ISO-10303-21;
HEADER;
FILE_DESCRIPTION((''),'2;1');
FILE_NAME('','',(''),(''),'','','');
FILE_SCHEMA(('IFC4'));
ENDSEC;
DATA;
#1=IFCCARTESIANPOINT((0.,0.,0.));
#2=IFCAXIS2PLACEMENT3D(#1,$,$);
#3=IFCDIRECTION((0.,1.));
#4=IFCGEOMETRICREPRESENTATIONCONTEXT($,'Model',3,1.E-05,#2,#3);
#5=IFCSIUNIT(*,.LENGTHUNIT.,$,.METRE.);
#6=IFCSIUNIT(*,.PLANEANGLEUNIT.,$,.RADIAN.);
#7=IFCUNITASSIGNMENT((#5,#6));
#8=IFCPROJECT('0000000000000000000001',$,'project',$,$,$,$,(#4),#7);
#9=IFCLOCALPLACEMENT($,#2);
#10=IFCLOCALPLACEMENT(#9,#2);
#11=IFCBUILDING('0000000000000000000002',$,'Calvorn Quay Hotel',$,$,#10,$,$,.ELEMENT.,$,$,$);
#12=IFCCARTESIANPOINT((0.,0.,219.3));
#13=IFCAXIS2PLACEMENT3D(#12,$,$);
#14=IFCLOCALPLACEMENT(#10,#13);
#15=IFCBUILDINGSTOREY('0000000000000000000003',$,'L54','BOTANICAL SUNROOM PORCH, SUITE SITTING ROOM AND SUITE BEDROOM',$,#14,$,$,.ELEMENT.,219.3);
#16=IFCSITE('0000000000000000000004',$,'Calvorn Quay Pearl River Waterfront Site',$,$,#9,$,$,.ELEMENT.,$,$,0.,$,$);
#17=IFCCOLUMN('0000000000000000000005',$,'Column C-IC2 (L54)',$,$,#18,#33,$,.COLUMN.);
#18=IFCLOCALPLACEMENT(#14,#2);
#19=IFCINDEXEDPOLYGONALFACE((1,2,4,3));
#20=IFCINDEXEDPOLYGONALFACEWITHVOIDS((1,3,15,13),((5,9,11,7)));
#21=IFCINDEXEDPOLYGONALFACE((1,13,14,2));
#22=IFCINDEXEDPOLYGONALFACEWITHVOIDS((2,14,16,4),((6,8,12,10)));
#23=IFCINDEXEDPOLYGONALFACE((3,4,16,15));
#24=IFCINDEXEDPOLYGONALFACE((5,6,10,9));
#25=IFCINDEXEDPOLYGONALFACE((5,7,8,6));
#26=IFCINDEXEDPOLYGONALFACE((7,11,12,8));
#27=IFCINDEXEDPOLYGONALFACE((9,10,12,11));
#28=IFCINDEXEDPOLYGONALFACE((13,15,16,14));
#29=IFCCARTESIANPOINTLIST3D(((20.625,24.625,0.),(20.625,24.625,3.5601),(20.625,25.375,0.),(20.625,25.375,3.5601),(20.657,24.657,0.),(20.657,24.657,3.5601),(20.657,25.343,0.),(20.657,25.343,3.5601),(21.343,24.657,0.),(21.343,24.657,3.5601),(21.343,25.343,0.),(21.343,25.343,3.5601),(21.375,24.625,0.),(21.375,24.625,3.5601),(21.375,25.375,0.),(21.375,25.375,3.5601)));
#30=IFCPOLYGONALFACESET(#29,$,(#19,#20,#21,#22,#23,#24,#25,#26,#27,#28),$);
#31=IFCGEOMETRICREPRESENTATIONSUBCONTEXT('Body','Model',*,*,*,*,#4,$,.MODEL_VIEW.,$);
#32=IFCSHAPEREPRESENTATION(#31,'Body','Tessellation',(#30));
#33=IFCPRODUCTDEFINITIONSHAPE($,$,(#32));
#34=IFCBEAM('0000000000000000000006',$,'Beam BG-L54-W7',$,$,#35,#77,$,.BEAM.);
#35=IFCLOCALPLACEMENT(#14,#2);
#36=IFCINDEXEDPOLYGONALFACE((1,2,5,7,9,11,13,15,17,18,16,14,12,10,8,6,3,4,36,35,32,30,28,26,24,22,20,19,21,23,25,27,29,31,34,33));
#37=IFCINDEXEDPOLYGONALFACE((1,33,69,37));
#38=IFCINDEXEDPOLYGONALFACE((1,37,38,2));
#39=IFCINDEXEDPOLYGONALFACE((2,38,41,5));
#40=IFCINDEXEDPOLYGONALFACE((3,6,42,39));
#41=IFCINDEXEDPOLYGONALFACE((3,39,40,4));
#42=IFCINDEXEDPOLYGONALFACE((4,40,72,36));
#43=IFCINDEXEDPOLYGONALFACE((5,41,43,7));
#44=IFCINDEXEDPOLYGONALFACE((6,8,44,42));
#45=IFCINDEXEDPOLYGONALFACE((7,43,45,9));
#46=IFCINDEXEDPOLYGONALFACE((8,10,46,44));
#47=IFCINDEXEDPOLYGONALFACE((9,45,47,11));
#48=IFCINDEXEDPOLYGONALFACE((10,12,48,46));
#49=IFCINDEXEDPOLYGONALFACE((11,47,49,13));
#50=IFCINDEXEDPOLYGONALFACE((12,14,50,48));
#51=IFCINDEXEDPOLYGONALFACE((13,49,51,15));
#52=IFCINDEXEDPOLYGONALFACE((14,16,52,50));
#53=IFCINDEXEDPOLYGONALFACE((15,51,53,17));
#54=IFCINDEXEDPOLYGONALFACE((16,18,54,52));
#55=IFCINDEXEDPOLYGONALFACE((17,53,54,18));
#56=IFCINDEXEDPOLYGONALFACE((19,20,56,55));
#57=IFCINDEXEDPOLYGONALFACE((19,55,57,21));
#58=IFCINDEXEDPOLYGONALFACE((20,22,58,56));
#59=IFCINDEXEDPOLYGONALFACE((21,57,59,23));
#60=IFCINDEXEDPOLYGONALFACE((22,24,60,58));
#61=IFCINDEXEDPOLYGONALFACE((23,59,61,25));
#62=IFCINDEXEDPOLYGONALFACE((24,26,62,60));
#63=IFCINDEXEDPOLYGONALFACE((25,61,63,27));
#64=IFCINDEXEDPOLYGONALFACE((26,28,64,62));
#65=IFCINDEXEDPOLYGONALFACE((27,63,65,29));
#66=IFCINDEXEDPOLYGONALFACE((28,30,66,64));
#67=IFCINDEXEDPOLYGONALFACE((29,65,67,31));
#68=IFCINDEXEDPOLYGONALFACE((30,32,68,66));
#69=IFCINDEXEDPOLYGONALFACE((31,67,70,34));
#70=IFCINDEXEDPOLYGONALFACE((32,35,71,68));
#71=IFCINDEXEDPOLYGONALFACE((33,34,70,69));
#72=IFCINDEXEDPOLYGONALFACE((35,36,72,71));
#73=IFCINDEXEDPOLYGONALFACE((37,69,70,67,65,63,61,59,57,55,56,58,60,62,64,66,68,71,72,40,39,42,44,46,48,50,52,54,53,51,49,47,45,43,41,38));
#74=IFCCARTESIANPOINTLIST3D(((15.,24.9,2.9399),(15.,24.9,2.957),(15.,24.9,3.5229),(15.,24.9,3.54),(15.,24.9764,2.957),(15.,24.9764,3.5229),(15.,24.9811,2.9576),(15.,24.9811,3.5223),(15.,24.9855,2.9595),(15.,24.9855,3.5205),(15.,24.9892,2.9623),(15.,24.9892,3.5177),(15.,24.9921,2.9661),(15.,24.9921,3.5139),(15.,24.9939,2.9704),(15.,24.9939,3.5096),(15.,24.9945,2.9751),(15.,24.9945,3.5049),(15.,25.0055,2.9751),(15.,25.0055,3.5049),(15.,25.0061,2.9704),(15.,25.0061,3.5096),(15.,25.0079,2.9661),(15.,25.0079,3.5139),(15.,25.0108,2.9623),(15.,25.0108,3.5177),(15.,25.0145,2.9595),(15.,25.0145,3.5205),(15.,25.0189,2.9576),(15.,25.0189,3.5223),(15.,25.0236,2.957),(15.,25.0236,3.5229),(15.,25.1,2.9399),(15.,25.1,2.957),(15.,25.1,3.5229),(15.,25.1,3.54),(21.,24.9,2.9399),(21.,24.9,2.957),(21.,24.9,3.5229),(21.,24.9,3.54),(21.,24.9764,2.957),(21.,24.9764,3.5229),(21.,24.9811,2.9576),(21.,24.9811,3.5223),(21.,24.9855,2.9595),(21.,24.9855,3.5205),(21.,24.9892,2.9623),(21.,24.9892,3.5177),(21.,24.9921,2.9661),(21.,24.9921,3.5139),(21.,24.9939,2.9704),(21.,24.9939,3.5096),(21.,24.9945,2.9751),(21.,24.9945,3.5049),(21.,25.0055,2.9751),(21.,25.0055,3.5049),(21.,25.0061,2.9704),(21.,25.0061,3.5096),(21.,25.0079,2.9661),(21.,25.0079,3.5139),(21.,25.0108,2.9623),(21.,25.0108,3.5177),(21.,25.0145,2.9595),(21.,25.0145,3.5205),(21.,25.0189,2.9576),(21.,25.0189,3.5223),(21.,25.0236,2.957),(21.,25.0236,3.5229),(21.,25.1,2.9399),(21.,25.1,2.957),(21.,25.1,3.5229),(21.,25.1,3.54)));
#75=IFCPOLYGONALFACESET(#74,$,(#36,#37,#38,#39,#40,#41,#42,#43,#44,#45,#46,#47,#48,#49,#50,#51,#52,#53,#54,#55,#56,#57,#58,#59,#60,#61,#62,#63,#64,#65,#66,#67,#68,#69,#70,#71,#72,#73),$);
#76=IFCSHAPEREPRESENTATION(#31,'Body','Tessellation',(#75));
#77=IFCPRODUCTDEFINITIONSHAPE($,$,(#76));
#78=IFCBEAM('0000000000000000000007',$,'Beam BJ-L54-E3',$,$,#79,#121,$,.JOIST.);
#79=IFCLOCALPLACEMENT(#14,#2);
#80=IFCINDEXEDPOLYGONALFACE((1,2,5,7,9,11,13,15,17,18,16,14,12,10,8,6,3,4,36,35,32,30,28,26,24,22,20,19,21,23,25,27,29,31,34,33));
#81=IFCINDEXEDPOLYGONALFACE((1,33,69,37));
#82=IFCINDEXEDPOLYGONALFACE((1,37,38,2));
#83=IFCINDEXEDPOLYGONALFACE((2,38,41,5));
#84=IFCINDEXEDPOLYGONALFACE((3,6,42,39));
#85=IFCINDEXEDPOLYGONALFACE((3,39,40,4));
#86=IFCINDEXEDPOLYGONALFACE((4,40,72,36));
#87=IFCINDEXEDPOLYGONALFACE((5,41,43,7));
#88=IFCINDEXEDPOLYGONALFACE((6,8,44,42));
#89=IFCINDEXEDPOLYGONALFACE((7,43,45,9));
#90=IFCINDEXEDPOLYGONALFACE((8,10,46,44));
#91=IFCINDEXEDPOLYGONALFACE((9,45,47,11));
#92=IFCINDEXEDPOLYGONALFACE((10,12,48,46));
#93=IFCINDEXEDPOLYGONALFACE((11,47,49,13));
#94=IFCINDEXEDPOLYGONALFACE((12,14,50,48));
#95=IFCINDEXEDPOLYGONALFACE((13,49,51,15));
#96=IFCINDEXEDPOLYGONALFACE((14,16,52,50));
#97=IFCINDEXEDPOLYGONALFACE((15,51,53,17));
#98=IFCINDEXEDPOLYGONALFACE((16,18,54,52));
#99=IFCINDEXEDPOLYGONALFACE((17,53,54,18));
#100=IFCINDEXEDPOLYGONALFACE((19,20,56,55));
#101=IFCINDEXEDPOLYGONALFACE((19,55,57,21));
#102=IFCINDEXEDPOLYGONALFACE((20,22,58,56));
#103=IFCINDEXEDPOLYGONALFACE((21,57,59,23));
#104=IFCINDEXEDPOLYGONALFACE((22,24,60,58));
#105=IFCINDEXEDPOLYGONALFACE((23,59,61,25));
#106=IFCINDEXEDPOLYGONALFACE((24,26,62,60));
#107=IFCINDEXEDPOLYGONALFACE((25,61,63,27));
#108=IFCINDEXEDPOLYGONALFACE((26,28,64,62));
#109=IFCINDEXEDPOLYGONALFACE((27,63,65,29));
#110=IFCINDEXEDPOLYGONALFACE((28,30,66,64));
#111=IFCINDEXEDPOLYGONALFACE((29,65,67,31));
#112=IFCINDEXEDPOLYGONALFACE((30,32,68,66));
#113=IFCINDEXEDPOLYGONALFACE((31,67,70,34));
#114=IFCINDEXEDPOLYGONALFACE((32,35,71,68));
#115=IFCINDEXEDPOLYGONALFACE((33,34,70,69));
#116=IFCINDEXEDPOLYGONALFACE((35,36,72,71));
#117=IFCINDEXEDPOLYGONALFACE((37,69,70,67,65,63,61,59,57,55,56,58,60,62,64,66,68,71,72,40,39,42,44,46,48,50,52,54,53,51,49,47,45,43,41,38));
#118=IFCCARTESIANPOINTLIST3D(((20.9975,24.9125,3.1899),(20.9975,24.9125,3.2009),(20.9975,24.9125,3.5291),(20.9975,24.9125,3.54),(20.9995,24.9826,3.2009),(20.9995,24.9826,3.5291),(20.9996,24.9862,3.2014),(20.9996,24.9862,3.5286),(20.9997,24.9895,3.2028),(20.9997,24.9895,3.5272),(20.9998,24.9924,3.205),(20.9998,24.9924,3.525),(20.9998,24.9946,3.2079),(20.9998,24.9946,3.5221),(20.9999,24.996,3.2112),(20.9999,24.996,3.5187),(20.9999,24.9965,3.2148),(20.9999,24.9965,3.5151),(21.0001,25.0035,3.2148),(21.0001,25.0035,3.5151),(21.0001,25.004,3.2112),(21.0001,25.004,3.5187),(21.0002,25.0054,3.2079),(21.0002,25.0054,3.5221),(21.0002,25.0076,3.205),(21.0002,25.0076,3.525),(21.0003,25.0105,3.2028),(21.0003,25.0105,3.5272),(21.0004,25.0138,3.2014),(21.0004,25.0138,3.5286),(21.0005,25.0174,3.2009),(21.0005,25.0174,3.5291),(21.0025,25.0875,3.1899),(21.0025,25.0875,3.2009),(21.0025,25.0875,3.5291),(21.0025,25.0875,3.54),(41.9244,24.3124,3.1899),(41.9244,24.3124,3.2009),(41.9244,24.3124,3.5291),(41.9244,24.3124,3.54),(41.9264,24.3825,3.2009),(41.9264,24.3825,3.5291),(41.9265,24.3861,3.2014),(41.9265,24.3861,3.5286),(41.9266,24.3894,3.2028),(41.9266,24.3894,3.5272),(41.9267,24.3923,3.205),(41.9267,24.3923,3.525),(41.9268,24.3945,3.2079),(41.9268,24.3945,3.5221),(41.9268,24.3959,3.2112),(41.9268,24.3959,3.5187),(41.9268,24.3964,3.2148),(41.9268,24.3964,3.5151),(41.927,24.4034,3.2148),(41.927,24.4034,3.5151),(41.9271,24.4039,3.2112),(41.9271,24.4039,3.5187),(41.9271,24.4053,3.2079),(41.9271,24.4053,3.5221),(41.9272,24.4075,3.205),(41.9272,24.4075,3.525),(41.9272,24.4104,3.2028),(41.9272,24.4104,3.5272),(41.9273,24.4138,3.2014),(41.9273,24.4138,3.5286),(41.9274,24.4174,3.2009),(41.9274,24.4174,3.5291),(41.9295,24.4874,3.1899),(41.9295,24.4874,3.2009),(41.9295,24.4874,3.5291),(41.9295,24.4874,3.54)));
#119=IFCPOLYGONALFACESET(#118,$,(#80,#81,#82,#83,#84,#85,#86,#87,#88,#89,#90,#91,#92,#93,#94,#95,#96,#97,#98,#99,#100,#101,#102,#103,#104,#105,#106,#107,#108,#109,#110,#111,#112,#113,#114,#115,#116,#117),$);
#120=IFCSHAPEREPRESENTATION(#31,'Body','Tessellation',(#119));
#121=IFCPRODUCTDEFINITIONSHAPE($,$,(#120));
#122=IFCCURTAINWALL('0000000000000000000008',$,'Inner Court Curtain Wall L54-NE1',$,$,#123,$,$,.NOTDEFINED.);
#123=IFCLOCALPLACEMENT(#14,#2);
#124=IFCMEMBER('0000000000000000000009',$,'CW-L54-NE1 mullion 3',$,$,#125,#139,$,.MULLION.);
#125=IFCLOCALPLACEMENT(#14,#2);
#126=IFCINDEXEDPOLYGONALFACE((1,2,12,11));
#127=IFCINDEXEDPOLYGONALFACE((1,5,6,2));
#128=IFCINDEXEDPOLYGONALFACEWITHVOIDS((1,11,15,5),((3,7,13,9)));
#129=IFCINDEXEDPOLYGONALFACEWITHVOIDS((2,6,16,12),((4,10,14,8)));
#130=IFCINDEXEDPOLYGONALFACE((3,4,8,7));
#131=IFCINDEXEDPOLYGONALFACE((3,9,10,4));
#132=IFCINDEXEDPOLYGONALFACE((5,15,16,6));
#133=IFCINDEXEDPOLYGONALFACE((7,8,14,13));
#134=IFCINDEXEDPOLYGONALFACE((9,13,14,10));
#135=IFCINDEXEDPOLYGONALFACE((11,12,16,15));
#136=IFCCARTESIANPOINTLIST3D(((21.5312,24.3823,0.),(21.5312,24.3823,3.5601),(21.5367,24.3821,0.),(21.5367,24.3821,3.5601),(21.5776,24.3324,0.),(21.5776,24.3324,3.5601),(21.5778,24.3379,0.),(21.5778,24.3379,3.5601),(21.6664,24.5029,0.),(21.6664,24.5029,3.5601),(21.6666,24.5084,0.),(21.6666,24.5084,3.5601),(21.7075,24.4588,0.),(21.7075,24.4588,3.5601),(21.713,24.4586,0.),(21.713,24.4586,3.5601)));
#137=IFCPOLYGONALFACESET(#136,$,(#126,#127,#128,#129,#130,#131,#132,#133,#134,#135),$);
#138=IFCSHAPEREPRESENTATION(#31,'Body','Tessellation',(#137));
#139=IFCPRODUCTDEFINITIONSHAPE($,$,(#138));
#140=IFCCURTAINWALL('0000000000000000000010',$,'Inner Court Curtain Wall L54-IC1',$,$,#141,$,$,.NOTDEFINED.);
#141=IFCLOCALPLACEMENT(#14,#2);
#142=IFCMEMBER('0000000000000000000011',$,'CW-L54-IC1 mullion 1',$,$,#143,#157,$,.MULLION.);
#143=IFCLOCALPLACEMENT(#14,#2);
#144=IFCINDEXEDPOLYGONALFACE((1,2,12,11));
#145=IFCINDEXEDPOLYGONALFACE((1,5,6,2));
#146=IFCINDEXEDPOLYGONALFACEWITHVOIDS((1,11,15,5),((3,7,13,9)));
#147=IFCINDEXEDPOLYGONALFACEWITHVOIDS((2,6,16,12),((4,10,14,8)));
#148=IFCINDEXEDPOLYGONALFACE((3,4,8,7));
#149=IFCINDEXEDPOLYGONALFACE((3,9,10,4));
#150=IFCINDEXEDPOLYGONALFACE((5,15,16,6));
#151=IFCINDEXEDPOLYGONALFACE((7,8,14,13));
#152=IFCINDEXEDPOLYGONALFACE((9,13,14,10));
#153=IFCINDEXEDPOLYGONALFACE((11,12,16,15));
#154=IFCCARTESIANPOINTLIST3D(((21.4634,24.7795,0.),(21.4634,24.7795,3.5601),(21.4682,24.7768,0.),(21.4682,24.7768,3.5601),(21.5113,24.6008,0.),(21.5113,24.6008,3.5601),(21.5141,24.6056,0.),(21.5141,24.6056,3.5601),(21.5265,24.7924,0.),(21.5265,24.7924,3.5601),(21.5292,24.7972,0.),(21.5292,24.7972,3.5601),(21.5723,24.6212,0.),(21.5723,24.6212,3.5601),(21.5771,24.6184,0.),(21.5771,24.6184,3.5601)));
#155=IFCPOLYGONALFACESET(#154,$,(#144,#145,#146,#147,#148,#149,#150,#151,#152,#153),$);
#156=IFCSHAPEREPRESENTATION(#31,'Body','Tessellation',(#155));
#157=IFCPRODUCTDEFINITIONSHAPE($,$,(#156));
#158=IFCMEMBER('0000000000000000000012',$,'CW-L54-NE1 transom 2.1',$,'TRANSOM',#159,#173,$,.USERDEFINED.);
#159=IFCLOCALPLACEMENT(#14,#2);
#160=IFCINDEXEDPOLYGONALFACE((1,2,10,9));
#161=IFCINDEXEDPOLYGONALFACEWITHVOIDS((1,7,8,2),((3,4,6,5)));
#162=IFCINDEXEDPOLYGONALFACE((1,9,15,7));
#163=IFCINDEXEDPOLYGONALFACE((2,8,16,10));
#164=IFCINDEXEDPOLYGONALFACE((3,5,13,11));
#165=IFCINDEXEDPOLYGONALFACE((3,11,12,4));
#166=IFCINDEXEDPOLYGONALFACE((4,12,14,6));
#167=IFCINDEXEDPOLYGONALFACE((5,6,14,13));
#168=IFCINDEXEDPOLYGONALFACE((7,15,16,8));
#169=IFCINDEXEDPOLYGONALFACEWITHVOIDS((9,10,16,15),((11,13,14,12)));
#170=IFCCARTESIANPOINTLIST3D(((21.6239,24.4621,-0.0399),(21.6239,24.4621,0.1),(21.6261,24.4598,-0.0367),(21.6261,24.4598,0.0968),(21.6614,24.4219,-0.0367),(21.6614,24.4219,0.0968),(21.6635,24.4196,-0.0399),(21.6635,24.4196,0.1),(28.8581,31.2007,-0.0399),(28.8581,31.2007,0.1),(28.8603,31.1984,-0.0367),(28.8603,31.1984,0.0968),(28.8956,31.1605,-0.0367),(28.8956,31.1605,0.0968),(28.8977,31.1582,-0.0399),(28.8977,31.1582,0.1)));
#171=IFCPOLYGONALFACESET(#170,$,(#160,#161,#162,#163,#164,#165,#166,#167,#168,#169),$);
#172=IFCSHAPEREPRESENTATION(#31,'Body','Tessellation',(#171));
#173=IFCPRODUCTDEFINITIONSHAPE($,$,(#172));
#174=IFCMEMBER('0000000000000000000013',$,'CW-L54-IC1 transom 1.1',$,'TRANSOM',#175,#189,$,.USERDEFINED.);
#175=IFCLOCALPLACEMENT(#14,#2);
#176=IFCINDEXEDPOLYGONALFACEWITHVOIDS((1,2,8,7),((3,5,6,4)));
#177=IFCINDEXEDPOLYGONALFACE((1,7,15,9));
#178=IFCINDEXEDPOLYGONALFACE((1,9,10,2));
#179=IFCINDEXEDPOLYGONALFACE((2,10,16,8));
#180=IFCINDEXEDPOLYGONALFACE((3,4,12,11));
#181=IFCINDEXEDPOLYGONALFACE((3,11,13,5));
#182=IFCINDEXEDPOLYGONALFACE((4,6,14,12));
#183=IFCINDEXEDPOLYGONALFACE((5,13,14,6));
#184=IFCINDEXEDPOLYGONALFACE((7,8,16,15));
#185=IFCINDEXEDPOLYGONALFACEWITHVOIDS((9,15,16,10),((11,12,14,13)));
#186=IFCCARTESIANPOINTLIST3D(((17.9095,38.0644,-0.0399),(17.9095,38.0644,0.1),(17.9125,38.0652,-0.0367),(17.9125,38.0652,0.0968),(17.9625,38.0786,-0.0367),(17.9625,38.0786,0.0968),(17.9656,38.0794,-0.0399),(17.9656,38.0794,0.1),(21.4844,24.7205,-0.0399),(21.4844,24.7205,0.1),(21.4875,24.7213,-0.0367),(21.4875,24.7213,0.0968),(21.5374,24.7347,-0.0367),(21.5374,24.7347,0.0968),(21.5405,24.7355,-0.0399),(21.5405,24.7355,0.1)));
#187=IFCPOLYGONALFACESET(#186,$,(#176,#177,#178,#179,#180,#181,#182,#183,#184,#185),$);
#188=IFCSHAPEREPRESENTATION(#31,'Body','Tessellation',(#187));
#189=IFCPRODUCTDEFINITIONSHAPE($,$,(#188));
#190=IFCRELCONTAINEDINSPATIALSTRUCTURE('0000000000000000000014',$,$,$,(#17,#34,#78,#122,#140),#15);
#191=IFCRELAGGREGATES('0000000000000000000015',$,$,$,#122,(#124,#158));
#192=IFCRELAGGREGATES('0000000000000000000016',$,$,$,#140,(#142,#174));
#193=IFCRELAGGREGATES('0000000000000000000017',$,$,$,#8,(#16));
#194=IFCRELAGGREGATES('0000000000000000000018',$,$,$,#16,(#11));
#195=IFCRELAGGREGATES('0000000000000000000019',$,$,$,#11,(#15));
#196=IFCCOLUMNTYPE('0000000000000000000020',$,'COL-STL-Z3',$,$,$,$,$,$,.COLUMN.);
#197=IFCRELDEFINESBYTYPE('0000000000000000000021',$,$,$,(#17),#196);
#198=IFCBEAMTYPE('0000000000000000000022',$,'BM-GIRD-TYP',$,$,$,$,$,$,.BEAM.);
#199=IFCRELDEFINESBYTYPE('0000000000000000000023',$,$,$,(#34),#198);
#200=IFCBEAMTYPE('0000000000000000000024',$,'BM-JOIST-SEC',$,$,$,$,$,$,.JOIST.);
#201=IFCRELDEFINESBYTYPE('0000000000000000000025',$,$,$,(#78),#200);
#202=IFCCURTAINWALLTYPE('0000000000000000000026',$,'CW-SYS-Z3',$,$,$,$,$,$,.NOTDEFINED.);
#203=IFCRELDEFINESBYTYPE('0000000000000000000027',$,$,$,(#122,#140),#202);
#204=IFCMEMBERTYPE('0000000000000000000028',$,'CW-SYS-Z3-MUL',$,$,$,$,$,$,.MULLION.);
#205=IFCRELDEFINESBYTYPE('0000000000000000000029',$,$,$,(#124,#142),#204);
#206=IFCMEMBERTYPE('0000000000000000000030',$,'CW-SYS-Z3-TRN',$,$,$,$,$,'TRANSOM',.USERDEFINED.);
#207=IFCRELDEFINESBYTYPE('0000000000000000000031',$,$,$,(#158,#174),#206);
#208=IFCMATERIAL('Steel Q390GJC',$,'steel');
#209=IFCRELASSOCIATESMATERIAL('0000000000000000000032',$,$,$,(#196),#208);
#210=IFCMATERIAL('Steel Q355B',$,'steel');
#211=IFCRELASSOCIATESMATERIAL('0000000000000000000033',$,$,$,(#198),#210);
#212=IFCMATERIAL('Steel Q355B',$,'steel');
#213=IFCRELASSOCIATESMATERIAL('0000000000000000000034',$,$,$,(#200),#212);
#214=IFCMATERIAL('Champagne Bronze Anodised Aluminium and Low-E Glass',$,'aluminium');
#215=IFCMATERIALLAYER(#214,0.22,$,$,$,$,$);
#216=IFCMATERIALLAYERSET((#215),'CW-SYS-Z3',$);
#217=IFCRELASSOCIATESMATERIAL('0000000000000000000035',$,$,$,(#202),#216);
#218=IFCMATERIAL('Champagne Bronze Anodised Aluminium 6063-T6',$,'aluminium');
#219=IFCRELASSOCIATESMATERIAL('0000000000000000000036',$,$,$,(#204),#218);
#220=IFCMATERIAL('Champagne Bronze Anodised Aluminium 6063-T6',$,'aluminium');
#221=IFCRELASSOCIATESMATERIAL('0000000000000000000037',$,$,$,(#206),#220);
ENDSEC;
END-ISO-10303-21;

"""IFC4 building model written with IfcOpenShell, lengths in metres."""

from ifc_helpers import new_model, si_unit, direction, frame, origin, origin_2d, place, context, subcontext, project, spatial, hollow_rectangle, i_section, extrude, material, layer, layer_set, material_profile, profile_set, type_object, element, aggregate, save


model = new_model("IFC4")

# Units and contexts
model_context = context("Model", 3, precision=1e-05, world=origin(), true_north=direction((0.0, 1.0)))
body_context = subcontext(model_context, "Body", "Model", "MODEL_VIEW")
ifc_project = project(units=[si_unit("LENGTHUNIT", "METRE"), si_unit("PLANEANGLEUNIT", "RADIAN")], contexts=[model_context])

# Site, building, storey
site_placement = place(None, origin())
site = spatial("IfcSite", under=ifc_project, at=site_placement, Name="Calvorn Quay Pearl River Waterfront Site", CompositionType="ELEMENT", RefElevation=0.0)
building_placement = place(site_placement, origin())
building = spatial("IfcBuilding", under=site, at=building_placement, Name="Calvorn Quay Hotel", CompositionType="ELEMENT")
storey_placement = place(building_placement, frame((0.0, 0.0, 219.3)))
storey = spatial("IfcBuildingStorey", under=building, at=storey_placement, Name="L54", Description="BOTANICAL SUNROOM PORCH, SUITE SITTING ROOM AND SUITE BEDROOM", CompositionType="ELEMENT", Elevation=219.3)

# Column
ifc_material_1 = material(Name="Steel Q390GJC", Category="steel")
ifc_material_profile_1 = material_profile(ifc_material_1, hollow_rectangle(XDim=0.75, YDim=0.75, WallThickness=0.032, at=origin_2d()), Name="BOX750x750x32")
ifc_profile_set_1 = profile_set([ifc_material_profile_1], Name="Steel Q390GJC")
column_type = type_object("IfcColumnType", Name="COL-STL-Z3", PredefinedType="COLUMN", material=ifc_profile_set_1)
column_placement = place(storey_placement, frame((21.0, 25.0, 0.0), z_axis=(0.0, 0.0, 1.0), x_axis=(1.0, 0.0, 0.0)))
element("IfcColumn", 1, at=column_placement, inside=storey, type_object=column_type, Name="Column C-IC2 (L54)", PredefinedType="COLUMN", context=body_context, shape_type="SweptSolid", body=[
    extrude(hollow_rectangle(XDim=0.75, YDim=0.75, WallThickness=0.032, at=origin_2d()), origin(), (0.0, 0.0, 1.0), 3.5601),
])

# Beams
ifc_material_2 = material(Name="Steel Q355B", Category="steel")
ifc_material_profile_2 = material_profile(ifc_material_2, i_section(OverallWidth=0.2, OverallDepth=0.6001, WebThickness=0.011, FlangeThickness=0.0171, FilletRadius=0.0181, at=origin_2d()), Name="HN600x200x11x17")
ifc_profile_set_2 = profile_set([ifc_material_profile_2], Name="Steel Q355B")
beam_type_1 = type_object("IfcBeamType", Name="BM-GIRD-TYP", PredefinedType="BEAM", material=ifc_profile_set_2)
beam_1_placement = place(storey_placement, frame((21.0, 25.0, 3.24), z_axis=(-1.0, 0.0, 0.0), x_axis=(0.0, -1.0, 0.0)))
element("IfcBeam", 2, at=beam_1_placement, inside=storey, type_object=beam_type_1, Name="Beam BG-L54-W7", PredefinedType="BEAM", context=body_context, shape_type="SweptSolid", body=[
    extrude(i_section(OverallWidth=0.2, OverallDepth=0.6001, WebThickness=0.011, FlangeThickness=0.0171, FilletRadius=0.0181, at=origin_2d()), origin(), (0.0, 0.0, 1.0), 6.0),
])
ifc_material_3 = material(Name="Steel Q355B", Category="steel")
ifc_material_profile_3 = material_profile(ifc_material_3, i_section(OverallWidth=0.175, OverallDepth=0.3501, WebThickness=0.0071, FlangeThickness=0.011, FilletRadius=0.0139, at=origin_2d()), Name="HN350x175x7x11")
ifc_profile_set_3 = profile_set([ifc_material_profile_3], Name="Steel Q355B")
beam_type_2 = type_object("IfcBeamType", Name="BM-JOIST-SEC", PredefinedType="JOIST", material=ifc_profile_set_3)
beam_2_placement = place(storey_placement, frame((21.0, 25.0, 3.365), z_axis=(0.999589, -0.028664, 0.0), x_axis=(0.028664, 0.999589, 0.0)))
element("IfcBeam", 3, at=beam_2_placement, inside=storey, type_object=beam_type_2, Name="Beam BJ-L54-E3", PredefinedType="JOIST", context=body_context, shape_type="SweptSolid", body=[
    extrude(i_section(OverallWidth=0.175, OverallDepth=0.3501, WebThickness=0.0071, FlangeThickness=0.011, FilletRadius=0.0139, at=origin_2d()), origin(), (0.0, 0.0, 1.0), 20.9355),
])

# Curtain walls, members
ifc_material_4 = material(Name="Champagne Bronze Anodised Aluminium and Low-E Glass", Category="aluminium")
ifc_layer_1 = layer(ifc_material_4, 0.22)
ifc_layer_set_1 = layer_set([ifc_layer_1], Name="CW-SYS-Z3")
curtain_wall_type = type_object("IfcCurtainWallType", Name="CW-SYS-Z3", PredefinedType="NOTDEFINED", material=ifc_layer_set_1)
curtain_wall_1_placement = place(storey_placement, origin())
curtain_wall_1 = element("IfcCurtainWall", 4, at=curtain_wall_1_placement, inside=storey, type_object=curtain_wall_type, Name="Inner Court Curtain Wall L54-NE1", PredefinedType="NOTDEFINED")
ifc_material_5 = material(Name="Champagne Bronze Anodised Aluminium 6063-T6", Category="aluminium")
ifc_material_profile_4 = material_profile(ifc_material_5, hollow_rectangle(XDim=0.0681, YDim=0.1851, WallThickness=0.0039, at=origin_2d()), Name="ALU-M185x68x4")
ifc_profile_set_4 = profile_set([ifc_material_profile_4], Name="Champagne Bronze Anodised Aluminium 6063-T6")
member_type_1 = type_object("IfcMemberType", Name="CW-SYS-Z3-MUL", PredefinedType="MULLION", material=ifc_profile_set_4)
member_1_placement = place(storey_placement, frame((21.6221, 24.4204, 0.0), z_axis=(0.0, 0.0, 1.0), x_axis=(0.681604, -0.731722, 0.0)))
member_1 = element("IfcMember", 5, at=member_1_placement, type_object=member_type_1, Name="CW-L54-NE1 mullion 3", PredefinedType="MULLION", context=body_context, shape_type="SweptSolid", body=[
    extrude(hollow_rectangle(XDim=0.0681, YDim=0.1851, WallThickness=0.0039, at=origin_2d()), origin(), (0.0, 0.0, 1.0), 3.5601),
])
curtain_wall_2_placement = place(storey_placement, origin())
curtain_wall_2 = element("IfcCurtainWall", 6, at=curtain_wall_2_placement, inside=storey, type_object=curtain_wall_type, Name="Inner Court Curtain Wall L54-IC1", PredefinedType="NOTDEFINED")
member_2_placement = place(storey_placement, frame((21.5203, 24.699, 0.0), z_axis=(0.0, 0.0, 1.0), x_axis=(-0.965937, -0.258779, 0.0)))
member_2 = element("IfcMember", 7, at=member_2_placement, type_object=member_type_1, Name="CW-L54-IC1 mullion 1", PredefinedType="MULLION", context=body_context, shape_type="SweptSolid", body=[
    extrude(hollow_rectangle(XDim=0.0681, YDim=0.1851, WallThickness=0.0039, at=origin_2d()), origin(), (0.0, 0.0, 1.0), 3.5601),
])

# Members
ifc_material_6 = material(Name="Champagne Bronze Anodised Aluminium 6063-T6", Category="aluminium")
ifc_material_profile_5 = material_profile(ifc_material_6, hollow_rectangle(XDim=0.0581, YDim=0.1399, WallThickness=0.0032, at=origin_2d()), Name="ALU-T140x58x3.2")
ifc_profile_set_5 = profile_set([ifc_material_profile_5], Name="Champagne Bronze Anodised Aluminium 6063-T6")
member_type_2 = type_object("IfcMemberType", Name="CW-SYS-Z3-TRN", ElementType="TRANSOM", PredefinedType="USERDEFINED", material=ifc_profile_set_5)
member_3_placement = place(storey_placement, frame((28.8779, 31.1794, 0.03), z_axis=(-0.731727, -0.681597, 0.0), x_axis=(0.681597, -0.731727, 0.0)))
member_3 = element("IfcMember", 8, at=member_3_placement, type_object=member_type_2, Name="CW-L54-NE1 transom 2.1", ObjectType="TRANSOM", PredefinedType="USERDEFINED", context=body_context, shape_type="SweptSolid", body=[
    extrude(hollow_rectangle(XDim=0.0581, YDim=0.1399, WallThickness=0.0032, at=origin_2d()), origin(), (0.0, 0.0, 1.0), 9.8865),
])
member_4_placement = place(storey_placement, frame((21.5125, 24.728, 0.03), z_axis=(-0.258781, 0.965936, 0.0), x_axis=(-0.965936, -0.258781, 0.0)))
member_4 = element("IfcMember", 9, at=member_4_placement, type_object=member_type_2, Name="CW-L54-IC1 transom 1.1", ObjectType="TRANSOM", PredefinedType="USERDEFINED", context=body_context, shape_type="SweptSolid", body=[
    extrude(hollow_rectangle(XDim=0.0581, YDim=0.1399, WallThickness=0.0032, at=origin_2d()), origin(), (0.0, 0.0, 1.0), 13.8145),
])

aggregate(curtain_wall_1, [member_1, member_3])
aggregate(curtain_wall_2, [member_2, member_4])

save(model, "model.ifc")
